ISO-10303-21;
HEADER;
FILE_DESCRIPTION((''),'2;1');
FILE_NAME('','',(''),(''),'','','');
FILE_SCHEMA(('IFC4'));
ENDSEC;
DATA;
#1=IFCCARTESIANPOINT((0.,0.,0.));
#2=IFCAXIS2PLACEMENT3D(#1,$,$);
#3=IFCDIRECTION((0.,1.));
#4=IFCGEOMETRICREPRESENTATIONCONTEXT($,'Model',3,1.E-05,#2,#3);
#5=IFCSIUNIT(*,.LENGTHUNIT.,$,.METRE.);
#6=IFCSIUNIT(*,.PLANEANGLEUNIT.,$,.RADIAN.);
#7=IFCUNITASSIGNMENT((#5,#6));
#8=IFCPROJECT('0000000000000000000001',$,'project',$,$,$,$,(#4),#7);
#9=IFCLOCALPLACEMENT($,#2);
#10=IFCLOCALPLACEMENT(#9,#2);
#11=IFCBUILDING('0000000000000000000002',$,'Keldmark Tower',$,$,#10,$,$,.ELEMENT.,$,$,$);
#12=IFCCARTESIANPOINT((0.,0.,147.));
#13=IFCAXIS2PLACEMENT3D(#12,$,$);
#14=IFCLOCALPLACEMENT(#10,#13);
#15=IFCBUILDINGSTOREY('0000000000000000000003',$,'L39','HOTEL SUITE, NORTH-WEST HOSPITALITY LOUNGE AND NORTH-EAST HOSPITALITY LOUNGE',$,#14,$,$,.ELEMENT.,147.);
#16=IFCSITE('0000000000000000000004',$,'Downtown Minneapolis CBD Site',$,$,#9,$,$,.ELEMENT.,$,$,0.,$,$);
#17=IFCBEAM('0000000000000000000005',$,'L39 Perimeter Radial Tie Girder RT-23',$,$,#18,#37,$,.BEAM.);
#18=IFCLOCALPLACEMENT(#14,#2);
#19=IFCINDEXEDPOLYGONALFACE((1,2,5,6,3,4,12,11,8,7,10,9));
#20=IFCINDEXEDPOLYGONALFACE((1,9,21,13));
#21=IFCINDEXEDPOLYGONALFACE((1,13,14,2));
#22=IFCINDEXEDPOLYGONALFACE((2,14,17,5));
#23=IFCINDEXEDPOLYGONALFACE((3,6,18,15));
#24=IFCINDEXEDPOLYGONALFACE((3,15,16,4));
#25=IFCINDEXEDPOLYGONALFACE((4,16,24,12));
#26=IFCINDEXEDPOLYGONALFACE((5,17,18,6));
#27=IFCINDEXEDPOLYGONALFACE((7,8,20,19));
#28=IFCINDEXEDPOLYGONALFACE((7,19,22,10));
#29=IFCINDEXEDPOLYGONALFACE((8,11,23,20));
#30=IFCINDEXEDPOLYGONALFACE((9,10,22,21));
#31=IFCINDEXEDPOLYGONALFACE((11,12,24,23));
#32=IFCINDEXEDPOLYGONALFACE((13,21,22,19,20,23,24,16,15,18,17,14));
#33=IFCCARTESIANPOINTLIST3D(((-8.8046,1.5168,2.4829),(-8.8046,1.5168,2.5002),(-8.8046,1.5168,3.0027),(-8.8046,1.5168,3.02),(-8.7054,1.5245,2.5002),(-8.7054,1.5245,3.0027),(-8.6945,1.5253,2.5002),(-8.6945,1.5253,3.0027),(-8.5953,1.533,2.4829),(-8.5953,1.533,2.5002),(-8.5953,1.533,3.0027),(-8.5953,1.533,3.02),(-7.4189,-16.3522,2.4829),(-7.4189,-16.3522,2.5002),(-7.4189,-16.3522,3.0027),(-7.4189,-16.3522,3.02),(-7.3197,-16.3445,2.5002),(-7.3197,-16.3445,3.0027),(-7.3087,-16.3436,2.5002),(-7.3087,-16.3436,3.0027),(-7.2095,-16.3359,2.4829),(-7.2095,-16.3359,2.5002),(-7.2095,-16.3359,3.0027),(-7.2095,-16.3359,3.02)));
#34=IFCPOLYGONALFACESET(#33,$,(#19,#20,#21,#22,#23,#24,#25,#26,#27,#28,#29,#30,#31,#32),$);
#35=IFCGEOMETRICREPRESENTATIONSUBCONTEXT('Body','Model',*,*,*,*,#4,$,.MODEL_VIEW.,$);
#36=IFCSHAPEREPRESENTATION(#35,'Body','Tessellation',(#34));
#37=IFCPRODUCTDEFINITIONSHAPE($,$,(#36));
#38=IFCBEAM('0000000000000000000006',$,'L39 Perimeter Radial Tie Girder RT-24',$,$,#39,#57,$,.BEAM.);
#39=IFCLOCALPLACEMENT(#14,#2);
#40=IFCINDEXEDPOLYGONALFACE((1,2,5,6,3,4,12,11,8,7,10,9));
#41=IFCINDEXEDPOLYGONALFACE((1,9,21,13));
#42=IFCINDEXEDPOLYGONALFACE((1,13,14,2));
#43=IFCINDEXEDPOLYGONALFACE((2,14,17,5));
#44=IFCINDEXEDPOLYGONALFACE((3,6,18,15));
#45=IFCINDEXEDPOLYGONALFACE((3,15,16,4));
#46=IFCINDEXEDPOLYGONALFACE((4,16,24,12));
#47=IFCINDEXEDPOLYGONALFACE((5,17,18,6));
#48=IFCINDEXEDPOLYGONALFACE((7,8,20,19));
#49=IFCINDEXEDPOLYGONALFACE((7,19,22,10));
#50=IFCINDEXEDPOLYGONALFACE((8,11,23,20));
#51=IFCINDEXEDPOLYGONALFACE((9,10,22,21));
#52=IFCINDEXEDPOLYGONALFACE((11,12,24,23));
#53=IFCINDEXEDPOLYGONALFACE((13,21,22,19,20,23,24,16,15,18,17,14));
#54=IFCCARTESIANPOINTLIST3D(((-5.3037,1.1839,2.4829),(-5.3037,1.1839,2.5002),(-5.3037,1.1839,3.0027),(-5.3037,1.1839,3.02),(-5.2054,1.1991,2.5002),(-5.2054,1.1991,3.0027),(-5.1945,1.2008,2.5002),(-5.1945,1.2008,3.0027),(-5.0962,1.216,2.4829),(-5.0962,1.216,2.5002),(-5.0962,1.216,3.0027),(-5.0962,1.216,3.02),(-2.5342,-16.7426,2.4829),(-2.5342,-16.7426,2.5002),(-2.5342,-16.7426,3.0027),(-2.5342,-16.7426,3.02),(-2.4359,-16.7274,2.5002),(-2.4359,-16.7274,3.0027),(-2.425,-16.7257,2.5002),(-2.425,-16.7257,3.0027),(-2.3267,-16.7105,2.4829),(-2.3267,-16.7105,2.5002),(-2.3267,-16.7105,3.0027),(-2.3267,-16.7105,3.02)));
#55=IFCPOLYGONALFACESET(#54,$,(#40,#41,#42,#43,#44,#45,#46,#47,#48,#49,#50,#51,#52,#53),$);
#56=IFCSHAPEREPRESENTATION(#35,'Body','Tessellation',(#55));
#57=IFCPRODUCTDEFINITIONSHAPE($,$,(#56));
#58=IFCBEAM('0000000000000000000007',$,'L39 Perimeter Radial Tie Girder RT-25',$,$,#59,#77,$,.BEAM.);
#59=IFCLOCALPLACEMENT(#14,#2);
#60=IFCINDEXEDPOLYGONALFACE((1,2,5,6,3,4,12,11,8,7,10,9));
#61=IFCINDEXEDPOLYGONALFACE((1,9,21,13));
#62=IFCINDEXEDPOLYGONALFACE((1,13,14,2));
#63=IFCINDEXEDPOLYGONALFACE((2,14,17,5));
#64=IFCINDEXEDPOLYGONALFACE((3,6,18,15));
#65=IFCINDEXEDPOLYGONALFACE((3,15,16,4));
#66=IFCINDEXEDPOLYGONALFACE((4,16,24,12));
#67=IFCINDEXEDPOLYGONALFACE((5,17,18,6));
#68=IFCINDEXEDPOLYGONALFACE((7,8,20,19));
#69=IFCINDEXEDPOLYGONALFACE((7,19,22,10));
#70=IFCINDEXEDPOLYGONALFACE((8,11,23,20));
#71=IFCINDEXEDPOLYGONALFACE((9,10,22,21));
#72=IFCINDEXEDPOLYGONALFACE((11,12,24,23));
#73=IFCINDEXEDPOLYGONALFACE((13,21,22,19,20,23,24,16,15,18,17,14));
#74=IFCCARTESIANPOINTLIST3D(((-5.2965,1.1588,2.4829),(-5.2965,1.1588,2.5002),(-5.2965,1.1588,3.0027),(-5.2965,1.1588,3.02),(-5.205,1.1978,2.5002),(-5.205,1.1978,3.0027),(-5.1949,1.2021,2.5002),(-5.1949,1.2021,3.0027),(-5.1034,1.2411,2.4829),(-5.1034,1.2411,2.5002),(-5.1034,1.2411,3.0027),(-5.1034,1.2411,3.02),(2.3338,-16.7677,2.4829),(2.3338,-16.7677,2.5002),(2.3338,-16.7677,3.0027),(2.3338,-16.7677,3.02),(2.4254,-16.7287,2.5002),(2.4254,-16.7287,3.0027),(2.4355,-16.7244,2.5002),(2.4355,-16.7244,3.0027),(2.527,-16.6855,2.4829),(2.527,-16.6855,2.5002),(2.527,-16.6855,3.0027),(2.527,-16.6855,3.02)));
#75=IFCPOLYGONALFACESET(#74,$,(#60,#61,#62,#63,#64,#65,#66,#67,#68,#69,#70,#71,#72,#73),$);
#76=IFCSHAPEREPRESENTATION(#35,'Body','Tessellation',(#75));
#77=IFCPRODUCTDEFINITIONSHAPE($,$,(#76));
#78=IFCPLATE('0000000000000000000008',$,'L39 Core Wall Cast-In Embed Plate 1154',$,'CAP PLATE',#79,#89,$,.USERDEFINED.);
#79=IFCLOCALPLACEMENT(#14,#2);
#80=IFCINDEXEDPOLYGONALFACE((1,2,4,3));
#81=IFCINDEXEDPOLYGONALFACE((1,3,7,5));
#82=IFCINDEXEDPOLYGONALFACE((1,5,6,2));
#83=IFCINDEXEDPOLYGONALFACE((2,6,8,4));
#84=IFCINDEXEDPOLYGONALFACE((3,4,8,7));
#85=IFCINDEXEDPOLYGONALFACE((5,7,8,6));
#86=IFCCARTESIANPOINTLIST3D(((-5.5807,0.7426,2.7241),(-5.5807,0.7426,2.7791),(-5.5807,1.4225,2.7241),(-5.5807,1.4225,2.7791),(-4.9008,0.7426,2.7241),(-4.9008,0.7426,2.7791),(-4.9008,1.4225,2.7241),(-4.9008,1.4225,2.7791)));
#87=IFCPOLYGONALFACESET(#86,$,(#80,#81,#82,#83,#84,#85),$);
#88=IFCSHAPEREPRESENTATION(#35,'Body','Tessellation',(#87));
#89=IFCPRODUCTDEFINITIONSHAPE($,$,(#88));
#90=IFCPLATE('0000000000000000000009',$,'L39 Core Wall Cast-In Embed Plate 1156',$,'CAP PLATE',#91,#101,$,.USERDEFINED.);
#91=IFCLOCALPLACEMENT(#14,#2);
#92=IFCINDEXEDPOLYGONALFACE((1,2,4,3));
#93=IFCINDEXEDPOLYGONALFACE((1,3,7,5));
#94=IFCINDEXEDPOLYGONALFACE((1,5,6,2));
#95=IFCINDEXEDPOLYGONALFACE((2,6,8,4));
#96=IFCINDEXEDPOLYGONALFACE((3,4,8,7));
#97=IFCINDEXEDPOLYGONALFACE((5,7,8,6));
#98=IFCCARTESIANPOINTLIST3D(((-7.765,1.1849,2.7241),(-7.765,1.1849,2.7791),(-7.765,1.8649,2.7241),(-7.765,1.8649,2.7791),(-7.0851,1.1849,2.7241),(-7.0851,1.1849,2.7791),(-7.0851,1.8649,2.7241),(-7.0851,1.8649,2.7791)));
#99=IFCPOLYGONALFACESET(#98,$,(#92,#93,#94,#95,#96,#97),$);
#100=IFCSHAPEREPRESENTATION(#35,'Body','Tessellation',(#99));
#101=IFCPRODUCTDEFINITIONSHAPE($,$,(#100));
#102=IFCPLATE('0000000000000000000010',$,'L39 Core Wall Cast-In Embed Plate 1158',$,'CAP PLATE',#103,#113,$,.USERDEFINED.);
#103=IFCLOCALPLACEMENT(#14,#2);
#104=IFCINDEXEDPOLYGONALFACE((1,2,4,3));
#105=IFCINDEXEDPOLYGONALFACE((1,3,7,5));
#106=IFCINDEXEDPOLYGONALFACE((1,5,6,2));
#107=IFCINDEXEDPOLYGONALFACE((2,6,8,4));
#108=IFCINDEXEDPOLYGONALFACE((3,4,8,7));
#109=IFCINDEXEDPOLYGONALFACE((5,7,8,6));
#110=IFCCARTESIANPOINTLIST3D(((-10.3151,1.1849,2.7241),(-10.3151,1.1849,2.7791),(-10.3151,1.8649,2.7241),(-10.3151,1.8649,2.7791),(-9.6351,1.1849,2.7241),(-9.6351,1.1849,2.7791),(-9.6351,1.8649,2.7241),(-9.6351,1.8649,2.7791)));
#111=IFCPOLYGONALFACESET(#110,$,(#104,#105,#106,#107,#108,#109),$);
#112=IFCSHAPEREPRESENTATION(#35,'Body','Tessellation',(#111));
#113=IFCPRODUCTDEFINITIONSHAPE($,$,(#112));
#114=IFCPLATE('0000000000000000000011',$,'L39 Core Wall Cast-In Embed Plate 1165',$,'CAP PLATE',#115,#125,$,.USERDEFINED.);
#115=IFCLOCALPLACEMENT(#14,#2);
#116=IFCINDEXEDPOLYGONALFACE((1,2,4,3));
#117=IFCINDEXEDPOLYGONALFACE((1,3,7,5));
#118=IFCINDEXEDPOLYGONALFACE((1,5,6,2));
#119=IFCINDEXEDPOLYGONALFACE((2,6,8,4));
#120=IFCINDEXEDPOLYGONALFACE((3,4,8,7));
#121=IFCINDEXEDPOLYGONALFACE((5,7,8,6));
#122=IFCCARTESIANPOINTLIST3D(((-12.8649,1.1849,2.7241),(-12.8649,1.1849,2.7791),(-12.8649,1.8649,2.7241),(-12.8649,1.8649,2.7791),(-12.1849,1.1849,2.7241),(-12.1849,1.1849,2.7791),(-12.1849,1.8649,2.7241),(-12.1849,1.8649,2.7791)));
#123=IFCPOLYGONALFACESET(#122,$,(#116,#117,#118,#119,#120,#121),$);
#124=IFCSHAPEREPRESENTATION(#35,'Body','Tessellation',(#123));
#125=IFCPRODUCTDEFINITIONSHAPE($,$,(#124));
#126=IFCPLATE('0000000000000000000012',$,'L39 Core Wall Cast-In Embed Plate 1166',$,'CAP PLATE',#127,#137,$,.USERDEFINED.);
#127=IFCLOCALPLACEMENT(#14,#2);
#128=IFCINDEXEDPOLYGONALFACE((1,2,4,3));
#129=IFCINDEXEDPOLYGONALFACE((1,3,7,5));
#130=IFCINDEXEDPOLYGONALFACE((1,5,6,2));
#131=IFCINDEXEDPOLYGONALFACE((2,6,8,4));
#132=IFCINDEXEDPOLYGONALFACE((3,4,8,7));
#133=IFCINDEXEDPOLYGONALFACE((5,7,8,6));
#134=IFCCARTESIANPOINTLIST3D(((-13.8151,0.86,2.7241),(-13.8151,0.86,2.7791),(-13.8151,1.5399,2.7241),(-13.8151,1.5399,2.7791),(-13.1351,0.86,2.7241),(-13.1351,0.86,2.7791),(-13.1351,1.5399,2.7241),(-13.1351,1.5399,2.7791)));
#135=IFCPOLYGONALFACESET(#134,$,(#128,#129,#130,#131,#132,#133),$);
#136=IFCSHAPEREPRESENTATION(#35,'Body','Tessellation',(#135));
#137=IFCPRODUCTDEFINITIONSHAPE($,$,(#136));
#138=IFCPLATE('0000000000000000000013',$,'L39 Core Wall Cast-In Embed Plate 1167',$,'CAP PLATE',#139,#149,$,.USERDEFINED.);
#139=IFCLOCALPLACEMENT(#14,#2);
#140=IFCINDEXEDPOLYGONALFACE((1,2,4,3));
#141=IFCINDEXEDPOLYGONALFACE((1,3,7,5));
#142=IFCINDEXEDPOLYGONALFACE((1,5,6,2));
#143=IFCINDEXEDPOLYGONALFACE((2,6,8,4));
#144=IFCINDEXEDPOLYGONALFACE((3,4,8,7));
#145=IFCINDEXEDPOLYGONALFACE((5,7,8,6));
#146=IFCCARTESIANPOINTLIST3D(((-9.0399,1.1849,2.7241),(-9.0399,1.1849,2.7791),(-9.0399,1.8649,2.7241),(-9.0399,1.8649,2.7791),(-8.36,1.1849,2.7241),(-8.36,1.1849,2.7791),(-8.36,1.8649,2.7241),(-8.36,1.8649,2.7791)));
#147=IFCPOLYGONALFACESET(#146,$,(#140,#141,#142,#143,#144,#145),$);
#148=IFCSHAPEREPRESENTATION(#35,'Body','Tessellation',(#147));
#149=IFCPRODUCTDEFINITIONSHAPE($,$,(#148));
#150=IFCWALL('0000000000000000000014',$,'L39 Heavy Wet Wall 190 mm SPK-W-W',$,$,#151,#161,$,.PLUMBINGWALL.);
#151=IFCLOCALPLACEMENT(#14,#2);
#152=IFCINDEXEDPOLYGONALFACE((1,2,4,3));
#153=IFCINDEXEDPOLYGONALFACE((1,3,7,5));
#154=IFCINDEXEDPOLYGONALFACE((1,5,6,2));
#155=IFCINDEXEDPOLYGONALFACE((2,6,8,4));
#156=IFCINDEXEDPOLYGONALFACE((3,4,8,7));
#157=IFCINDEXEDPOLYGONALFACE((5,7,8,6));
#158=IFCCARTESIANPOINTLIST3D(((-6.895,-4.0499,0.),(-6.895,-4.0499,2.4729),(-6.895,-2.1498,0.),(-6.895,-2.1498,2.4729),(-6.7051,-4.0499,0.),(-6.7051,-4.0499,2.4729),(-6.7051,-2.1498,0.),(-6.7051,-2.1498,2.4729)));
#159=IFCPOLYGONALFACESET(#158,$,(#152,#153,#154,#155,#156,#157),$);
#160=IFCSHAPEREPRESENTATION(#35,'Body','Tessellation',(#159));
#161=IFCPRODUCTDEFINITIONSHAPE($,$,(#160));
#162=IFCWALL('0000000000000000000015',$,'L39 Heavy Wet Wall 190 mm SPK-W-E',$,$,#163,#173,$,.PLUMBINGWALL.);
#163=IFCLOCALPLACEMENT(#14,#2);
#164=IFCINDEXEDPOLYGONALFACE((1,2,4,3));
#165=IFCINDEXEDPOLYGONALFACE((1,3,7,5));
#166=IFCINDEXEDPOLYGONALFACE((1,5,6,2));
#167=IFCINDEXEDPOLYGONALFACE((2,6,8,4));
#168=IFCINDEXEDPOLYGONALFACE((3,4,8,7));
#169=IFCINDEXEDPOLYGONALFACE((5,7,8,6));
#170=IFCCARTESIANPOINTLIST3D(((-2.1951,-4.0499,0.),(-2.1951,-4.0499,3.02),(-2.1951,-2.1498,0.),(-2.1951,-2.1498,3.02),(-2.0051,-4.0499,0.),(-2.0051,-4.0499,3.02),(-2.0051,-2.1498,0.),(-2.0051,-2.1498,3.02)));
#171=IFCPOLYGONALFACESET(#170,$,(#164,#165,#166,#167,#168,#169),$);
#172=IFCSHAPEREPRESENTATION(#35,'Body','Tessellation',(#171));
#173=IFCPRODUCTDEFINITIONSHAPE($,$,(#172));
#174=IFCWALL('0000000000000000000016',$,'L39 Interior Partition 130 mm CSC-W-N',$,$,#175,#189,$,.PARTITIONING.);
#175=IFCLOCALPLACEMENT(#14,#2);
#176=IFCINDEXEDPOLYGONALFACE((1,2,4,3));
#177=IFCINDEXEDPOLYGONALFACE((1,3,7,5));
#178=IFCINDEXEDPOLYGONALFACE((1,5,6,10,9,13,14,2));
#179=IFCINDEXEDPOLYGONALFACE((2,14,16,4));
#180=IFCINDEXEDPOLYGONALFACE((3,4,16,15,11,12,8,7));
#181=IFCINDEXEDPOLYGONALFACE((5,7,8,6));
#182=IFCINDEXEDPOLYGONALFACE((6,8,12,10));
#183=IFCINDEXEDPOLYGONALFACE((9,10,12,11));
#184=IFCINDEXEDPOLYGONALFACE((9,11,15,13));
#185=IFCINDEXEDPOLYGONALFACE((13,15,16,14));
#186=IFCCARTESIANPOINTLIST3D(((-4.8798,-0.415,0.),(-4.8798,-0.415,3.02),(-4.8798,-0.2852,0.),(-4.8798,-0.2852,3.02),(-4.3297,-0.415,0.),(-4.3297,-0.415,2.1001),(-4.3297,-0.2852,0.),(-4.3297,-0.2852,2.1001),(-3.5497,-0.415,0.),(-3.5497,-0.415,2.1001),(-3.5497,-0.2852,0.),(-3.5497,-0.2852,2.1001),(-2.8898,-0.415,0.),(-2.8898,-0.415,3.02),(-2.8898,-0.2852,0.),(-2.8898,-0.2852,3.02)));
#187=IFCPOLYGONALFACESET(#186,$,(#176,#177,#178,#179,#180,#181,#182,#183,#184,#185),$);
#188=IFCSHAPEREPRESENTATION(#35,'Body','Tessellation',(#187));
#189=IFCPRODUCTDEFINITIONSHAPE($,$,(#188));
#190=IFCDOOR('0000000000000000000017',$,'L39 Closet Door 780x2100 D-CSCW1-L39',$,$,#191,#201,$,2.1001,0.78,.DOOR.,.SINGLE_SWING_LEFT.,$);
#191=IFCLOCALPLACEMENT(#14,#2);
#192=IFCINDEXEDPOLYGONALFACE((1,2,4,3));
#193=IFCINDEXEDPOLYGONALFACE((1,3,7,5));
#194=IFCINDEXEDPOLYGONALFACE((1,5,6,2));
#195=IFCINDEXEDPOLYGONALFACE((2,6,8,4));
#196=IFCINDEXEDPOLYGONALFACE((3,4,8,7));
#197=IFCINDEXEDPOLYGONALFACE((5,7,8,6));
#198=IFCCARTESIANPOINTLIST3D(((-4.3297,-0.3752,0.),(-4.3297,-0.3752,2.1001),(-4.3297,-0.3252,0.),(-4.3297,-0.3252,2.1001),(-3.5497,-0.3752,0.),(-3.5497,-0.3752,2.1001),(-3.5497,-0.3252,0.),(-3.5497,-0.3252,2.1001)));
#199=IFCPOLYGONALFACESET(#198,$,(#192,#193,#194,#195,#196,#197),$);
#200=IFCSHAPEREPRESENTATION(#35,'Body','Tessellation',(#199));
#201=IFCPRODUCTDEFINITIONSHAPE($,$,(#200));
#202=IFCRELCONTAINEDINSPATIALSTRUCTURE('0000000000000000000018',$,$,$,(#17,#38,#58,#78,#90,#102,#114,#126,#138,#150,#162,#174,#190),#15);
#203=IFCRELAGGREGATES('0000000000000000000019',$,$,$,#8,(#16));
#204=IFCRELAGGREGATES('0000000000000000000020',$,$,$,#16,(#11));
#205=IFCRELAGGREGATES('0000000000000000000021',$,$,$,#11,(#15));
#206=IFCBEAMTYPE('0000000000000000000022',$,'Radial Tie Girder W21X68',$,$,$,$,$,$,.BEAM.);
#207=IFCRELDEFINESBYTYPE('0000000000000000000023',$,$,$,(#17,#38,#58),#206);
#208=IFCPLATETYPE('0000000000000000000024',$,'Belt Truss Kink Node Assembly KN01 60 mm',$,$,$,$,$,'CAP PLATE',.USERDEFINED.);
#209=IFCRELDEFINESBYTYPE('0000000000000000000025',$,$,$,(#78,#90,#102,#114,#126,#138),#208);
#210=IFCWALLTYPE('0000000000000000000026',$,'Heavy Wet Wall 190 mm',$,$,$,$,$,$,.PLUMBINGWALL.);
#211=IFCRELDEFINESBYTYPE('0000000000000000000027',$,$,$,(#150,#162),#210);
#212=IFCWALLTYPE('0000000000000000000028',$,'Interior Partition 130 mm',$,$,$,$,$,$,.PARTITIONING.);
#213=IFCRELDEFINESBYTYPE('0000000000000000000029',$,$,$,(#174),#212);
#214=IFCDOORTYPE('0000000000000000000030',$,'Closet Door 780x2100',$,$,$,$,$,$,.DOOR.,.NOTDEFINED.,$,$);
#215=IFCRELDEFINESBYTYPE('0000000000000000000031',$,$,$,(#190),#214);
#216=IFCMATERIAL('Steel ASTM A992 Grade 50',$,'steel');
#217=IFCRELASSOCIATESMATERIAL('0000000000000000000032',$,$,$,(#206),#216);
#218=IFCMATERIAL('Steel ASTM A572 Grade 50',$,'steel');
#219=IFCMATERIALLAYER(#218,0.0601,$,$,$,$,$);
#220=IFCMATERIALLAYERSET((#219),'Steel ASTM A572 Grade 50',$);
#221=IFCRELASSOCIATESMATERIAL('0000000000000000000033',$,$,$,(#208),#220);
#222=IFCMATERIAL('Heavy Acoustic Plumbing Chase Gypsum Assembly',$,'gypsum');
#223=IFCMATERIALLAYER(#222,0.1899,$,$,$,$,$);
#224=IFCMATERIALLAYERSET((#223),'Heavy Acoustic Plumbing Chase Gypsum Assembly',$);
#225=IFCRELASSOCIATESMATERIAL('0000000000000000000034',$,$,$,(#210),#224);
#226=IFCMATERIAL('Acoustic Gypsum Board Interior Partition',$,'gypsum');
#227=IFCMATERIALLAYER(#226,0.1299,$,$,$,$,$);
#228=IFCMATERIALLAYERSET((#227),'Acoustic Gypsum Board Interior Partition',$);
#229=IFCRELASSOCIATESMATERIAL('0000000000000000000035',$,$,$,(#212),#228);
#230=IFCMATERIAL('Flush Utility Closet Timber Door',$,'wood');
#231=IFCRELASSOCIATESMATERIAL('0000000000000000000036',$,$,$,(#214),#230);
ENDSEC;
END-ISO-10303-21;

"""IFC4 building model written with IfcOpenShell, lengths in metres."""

from ifc_helpers import new_model, si_unit, direction, frame, frame_2d, origin, origin_2d, place, context, subcontext, project, spatial, rectangle, i_section, extrude, material, layer, layer_set, material_profile, profile_set, type_object, element, fill, save


model = new_model("IFC4")

# Units and contexts
model_context = context("Model", 3, precision=1e-05, world=origin(), true_north=direction((0.0, 1.0)))
body_context = subcontext(model_context, "Body", "Model", "MODEL_VIEW")
ifc_project = project(units=[si_unit("LENGTHUNIT", "METRE"), si_unit("PLANEANGLEUNIT", "RADIAN")], contexts=[model_context])

# Site, building, storey
site_placement = place(None, origin())
site = spatial("IfcSite", under=ifc_project, at=site_placement, Name="Downtown Minneapolis CBD Site", CompositionType="ELEMENT", RefElevation=0.0)
building_placement = place(site_placement, origin())
building = spatial("IfcBuilding", under=site, at=building_placement, Name="Keldmark Tower", CompositionType="ELEMENT")
storey_placement = place(building_placement, frame((0.0, 0.0, 147.0)))
storey = spatial("IfcBuildingStorey", under=building, at=storey_placement, Name="L39", Description="HOTEL SUITE, NORTH-WEST HOSPITALITY LOUNGE AND NORTH-EAST HOSPITALITY LOUNGE", CompositionType="ELEMENT", Elevation=147.0)

# Beams
ifc_material_1 = material(Name="Steel ASTM A992 Grade 50", Category="steel")
ifc_material_profile_1 = material_profile(ifc_material_1, i_section(OverallWidth=0.21, OverallDepth=0.5371, WebThickness=0.011, FlangeThickness=0.0173, at=origin_2d()), Name="W21X68")
ifc_profile_set_1 = profile_set([ifc_material_profile_1], Name="Steel ASTM A992 Grade 50")
beam_type_1 = type_object("IfcBeamType", Name="Radial Tie Girder W21X68", PredefinedType="BEAM", material=ifc_profile_set_1)
beam_1_placement = place(storey_placement, frame((-8.7, 1.5249, 2.7515), z_axis=(0.077318, -0.997006, 0.0), x_axis=(0.997006, 0.077318, 0.0)))
element("IfcBeam", 1, at=beam_1_placement, inside=storey, type_object=beam_type_1, Name="L39 Perimeter Radial Tie Girder RT-23", PredefinedType="BEAM", context=body_context, shape_type="SweptSolid", body=[
    extrude(i_section(OverallWidth=0.21, OverallDepth=0.5371, WebThickness=0.011, FlangeThickness=0.0173, at=origin_2d()), origin(), (0.0, 0.0, 1.0), 17.9226),
])
beam_2_placement = place(storey_placement, frame((-5.2, 1.2, 2.7515), z_axis=(0.152682, -0.988275, 0.0), x_axis=(0.988275, 0.152682, 0.0)))
element("IfcBeam", 2, at=beam_2_placement, inside=storey, type_object=beam_type_1, Name="L39 Perimeter Radial Tie Girder RT-24", PredefinedType="BEAM", context=body_context, shape_type="SweptSolid", body=[
    extrude(i_section(OverallWidth=0.21, OverallDepth=0.5371, WebThickness=0.011, FlangeThickness=0.0173, at=origin_2d()), origin(), (0.0, 0.0, 1.0), 18.1392),
])
beam_3_placement = place(storey_placement, frame((-5.2, 1.2, 2.7515), z_axis=(0.391645, -0.920116, 0.0), x_axis=(0.920116, 0.391645, 0.0)))
element("IfcBeam", 3, at=beam_3_placement, inside=storey, type_object=beam_type_1, Name="L39 Perimeter Radial Tie Girder RT-25", PredefinedType="BEAM", context=body_context, shape_type="SweptSolid", body=[
    extrude(i_section(OverallWidth=0.21, OverallDepth=0.5371, WebThickness=0.011, FlangeThickness=0.0173, at=origin_2d()), origin(), (0.0, 0.0, 1.0), 19.4829),
])

# Plates
ifc_material_2 = material(Name="Steel ASTM A572 Grade 50", Category="steel")
ifc_layer_1 = layer(ifc_material_2, 0.0601)
ifc_layer_set_1 = layer_set([ifc_layer_1], Name="Steel ASTM A572 Grade 50")
plate_type = type_object("IfcPlateType", Name="Belt Truss Kink Node Assembly KN01 60 mm", ElementType="CAP PLATE", PredefinedType="USERDEFINED", material=ifc_layer_set_1)
for number, where, z_axis, x_axis, name in (
    (4, (-5.2407, 1.0825, 2.7241), (0.0, 0.0, 1.0), (1.0, 0.0, 0.0), "L39 Core Wall Cast-In Embed Plate 1154"),
    (5, (-7.425, 1.5249, 2.7241), (0.0, 0.0, 1.0), (1.0, 0.0, 0.0), "L39 Core Wall Cast-In Embed Plate 1156"),
    (6, (-9.9751, 1.5249, 2.7241), (0.0, 0.0, 1.0), (1.0, 0.0, 0.0), "L39 Core Wall Cast-In Embed Plate 1158"),
    (7, (-12.5249, 1.5249, 2.7241), (0.0, 0.0, 1.0), (1.0, 0.0, 0.0), "L39 Core Wall Cast-In Embed Plate 1165"),
    (8, (-13.4751, 1.2, 2.7241), (0.0, 0.0, 1.0), (1.0, 0.0, 0.0), "L39 Core Wall Cast-In Embed Plate 1166"),
    (9, (-8.7, 1.5249, 2.7241), (0.0, 0.0, 1.0), (1.0, 0.0, 0.0), "L39 Core Wall Cast-In Embed Plate 1167"),
):
    element("IfcPlate", number, at=place(storey_placement, frame(where, z_axis=z_axis, x_axis=x_axis)), inside=storey, type_object=plate_type, Name=name, ObjectType="CAP PLATE", PredefinedType="USERDEFINED", context=body_context, shape_type="SweptSolid", body=[
        extrude(rectangle(XDim=0.6799, YDim=0.6799, at=origin_2d()), origin(), (0.0, 0.0, 1.0), 0.0549),
    ])

# Shared definitions
ifc_material_3 = material(Name="Heavy Acoustic Plumbing Chase Gypsum Assembly", Category="gypsum")
ifc_layer_2 = layer(ifc_material_3, 0.1899)
ifc_layer_set_2 = layer_set([ifc_layer_2], Name="Heavy Acoustic Plumbing Chase Gypsum Assembly")
wall_type_1 = type_object("IfcWallType", Name="Heavy Wet Wall 190 mm", PredefinedType="PLUMBINGWALL", material=ifc_layer_set_2)

# Walls
wall_1_placement = place(storey_placement, frame((-6.8, -4.05, 0.0), z_axis=(0.0, 0.0, 1.0), x_axis=(0.0, 1.0, 0.0)))
element("IfcWall", 10, at=wall_1_placement, inside=storey, type_object=wall_type_1, Name="L39 Heavy Wet Wall 190 mm SPK-W-W", PredefinedType="PLUMBINGWALL", context=body_context, shape_type="SweptSolid", body=[
    extrude(rectangle(XDim=1.9001, YDim=0.1899, at=frame_2d((0.9502, 0.0))), origin(), (0.0, 0.0, 1.0), 2.4729),
])
wall_2_placement = place(storey_placement, frame((-2.1001, -4.05, 0.0), z_axis=(0.0, 0.0, 1.0), x_axis=(0.0, 1.0, 0.0)))
element("IfcWall", 11, at=wall_2_placement, inside=storey, type_object=wall_type_1, Name="L39 Heavy Wet Wall 190 mm SPK-W-E", PredefinedType="PLUMBINGWALL", context=body_context, shape_type="SweptSolid", body=[
    extrude(rectangle(XDim=1.9001, YDim=0.1899, at=frame_2d((0.9502, 0.0))), origin(), (0.0, 0.0, 1.0), 3.02),
])

# Wall, opening, door
ifc_material_4 = material(Name="Acoustic Gypsum Board Interior Partition", Category="gypsum")
ifc_layer_3 = layer(ifc_material_4, 0.1299)
ifc_layer_set_3 = layer_set([ifc_layer_3], Name="Acoustic Gypsum Board Interior Partition")
wall_type_2 = type_object("IfcWallType", Name="Interior Partition 130 mm", PredefinedType="PARTITIONING", material=ifc_layer_set_3)
wall_3_placement = place(storey_placement, frame((-4.8799, -0.3501, 0.0), z_axis=(0.0, 0.0, 1.0), x_axis=(1.0, 0.0, 0.0)))
wall_3 = element("IfcWall", 12, at=wall_3_placement, inside=storey, type_object=wall_type_2, Name="L39 Interior Partition 130 mm CSC-W-N", PredefinedType="PARTITIONING", context=body_context, shape_type="SweptSolid", body=[
    extrude(rectangle(XDim=1.99, YDim=0.1299, at=frame_2d((0.9951, 0.0))), origin(), (0.0, 0.0, 1.0), 3.02),
])
opening_1_placement = place(wall_3_placement, frame((0.55, 0.0, 0.0)))
opening_1 = element("IfcOpeningElement", 13, at=opening_1_placement, cuts=wall_3, PredefinedType="OPENING", context=body_context, shape_type="SweptSolid", body=[
    extrude(rectangle(XDim=0.78, YDim=2.1001, at=frame_2d((0.3901, 1.05))), frame((0.0, 0.075, 0.0), z_axis=(0.0, -1.0, 0.0), x_axis=(1.0, 0.0, 0.0)), (0.0, 0.0, 1.0), 0.1499),
])
ifc_material_5 = material(Name="Flush Utility Closet Timber Door", Category="wood")
door_type_1 = type_object("IfcDoorType", Name="Closet Door 780x2100", OperationType="NOTDEFINED", PredefinedType="DOOR", material=ifc_material_5)
door_1_placement = place(opening_1_placement, origin())
door_1 = element("IfcDoor", 14, at=door_1_placement, inside=storey, type_object=door_type_1, Name="L39 Closet Door 780x2100 D-CSCW1-L39", OperationType="SINGLE_SWING_LEFT", OverallHeight=2.1001, OverallWidth=0.78, PredefinedType="DOOR", context=body_context, shape_type="SweptSolid", body=[
    extrude(rectangle(XDim=0.78, YDim=2.1001, at=frame_2d((0.3901, 1.05))), frame((0.0, 0.0249, 0.0), z_axis=(0.0, -1.0, 0.0), x_axis=(1.0, 0.0, 0.0)), (0.0, 0.0, 1.0), 0.05),
])
fill(opening_1, door_1)

save(model, "model.ifc")
